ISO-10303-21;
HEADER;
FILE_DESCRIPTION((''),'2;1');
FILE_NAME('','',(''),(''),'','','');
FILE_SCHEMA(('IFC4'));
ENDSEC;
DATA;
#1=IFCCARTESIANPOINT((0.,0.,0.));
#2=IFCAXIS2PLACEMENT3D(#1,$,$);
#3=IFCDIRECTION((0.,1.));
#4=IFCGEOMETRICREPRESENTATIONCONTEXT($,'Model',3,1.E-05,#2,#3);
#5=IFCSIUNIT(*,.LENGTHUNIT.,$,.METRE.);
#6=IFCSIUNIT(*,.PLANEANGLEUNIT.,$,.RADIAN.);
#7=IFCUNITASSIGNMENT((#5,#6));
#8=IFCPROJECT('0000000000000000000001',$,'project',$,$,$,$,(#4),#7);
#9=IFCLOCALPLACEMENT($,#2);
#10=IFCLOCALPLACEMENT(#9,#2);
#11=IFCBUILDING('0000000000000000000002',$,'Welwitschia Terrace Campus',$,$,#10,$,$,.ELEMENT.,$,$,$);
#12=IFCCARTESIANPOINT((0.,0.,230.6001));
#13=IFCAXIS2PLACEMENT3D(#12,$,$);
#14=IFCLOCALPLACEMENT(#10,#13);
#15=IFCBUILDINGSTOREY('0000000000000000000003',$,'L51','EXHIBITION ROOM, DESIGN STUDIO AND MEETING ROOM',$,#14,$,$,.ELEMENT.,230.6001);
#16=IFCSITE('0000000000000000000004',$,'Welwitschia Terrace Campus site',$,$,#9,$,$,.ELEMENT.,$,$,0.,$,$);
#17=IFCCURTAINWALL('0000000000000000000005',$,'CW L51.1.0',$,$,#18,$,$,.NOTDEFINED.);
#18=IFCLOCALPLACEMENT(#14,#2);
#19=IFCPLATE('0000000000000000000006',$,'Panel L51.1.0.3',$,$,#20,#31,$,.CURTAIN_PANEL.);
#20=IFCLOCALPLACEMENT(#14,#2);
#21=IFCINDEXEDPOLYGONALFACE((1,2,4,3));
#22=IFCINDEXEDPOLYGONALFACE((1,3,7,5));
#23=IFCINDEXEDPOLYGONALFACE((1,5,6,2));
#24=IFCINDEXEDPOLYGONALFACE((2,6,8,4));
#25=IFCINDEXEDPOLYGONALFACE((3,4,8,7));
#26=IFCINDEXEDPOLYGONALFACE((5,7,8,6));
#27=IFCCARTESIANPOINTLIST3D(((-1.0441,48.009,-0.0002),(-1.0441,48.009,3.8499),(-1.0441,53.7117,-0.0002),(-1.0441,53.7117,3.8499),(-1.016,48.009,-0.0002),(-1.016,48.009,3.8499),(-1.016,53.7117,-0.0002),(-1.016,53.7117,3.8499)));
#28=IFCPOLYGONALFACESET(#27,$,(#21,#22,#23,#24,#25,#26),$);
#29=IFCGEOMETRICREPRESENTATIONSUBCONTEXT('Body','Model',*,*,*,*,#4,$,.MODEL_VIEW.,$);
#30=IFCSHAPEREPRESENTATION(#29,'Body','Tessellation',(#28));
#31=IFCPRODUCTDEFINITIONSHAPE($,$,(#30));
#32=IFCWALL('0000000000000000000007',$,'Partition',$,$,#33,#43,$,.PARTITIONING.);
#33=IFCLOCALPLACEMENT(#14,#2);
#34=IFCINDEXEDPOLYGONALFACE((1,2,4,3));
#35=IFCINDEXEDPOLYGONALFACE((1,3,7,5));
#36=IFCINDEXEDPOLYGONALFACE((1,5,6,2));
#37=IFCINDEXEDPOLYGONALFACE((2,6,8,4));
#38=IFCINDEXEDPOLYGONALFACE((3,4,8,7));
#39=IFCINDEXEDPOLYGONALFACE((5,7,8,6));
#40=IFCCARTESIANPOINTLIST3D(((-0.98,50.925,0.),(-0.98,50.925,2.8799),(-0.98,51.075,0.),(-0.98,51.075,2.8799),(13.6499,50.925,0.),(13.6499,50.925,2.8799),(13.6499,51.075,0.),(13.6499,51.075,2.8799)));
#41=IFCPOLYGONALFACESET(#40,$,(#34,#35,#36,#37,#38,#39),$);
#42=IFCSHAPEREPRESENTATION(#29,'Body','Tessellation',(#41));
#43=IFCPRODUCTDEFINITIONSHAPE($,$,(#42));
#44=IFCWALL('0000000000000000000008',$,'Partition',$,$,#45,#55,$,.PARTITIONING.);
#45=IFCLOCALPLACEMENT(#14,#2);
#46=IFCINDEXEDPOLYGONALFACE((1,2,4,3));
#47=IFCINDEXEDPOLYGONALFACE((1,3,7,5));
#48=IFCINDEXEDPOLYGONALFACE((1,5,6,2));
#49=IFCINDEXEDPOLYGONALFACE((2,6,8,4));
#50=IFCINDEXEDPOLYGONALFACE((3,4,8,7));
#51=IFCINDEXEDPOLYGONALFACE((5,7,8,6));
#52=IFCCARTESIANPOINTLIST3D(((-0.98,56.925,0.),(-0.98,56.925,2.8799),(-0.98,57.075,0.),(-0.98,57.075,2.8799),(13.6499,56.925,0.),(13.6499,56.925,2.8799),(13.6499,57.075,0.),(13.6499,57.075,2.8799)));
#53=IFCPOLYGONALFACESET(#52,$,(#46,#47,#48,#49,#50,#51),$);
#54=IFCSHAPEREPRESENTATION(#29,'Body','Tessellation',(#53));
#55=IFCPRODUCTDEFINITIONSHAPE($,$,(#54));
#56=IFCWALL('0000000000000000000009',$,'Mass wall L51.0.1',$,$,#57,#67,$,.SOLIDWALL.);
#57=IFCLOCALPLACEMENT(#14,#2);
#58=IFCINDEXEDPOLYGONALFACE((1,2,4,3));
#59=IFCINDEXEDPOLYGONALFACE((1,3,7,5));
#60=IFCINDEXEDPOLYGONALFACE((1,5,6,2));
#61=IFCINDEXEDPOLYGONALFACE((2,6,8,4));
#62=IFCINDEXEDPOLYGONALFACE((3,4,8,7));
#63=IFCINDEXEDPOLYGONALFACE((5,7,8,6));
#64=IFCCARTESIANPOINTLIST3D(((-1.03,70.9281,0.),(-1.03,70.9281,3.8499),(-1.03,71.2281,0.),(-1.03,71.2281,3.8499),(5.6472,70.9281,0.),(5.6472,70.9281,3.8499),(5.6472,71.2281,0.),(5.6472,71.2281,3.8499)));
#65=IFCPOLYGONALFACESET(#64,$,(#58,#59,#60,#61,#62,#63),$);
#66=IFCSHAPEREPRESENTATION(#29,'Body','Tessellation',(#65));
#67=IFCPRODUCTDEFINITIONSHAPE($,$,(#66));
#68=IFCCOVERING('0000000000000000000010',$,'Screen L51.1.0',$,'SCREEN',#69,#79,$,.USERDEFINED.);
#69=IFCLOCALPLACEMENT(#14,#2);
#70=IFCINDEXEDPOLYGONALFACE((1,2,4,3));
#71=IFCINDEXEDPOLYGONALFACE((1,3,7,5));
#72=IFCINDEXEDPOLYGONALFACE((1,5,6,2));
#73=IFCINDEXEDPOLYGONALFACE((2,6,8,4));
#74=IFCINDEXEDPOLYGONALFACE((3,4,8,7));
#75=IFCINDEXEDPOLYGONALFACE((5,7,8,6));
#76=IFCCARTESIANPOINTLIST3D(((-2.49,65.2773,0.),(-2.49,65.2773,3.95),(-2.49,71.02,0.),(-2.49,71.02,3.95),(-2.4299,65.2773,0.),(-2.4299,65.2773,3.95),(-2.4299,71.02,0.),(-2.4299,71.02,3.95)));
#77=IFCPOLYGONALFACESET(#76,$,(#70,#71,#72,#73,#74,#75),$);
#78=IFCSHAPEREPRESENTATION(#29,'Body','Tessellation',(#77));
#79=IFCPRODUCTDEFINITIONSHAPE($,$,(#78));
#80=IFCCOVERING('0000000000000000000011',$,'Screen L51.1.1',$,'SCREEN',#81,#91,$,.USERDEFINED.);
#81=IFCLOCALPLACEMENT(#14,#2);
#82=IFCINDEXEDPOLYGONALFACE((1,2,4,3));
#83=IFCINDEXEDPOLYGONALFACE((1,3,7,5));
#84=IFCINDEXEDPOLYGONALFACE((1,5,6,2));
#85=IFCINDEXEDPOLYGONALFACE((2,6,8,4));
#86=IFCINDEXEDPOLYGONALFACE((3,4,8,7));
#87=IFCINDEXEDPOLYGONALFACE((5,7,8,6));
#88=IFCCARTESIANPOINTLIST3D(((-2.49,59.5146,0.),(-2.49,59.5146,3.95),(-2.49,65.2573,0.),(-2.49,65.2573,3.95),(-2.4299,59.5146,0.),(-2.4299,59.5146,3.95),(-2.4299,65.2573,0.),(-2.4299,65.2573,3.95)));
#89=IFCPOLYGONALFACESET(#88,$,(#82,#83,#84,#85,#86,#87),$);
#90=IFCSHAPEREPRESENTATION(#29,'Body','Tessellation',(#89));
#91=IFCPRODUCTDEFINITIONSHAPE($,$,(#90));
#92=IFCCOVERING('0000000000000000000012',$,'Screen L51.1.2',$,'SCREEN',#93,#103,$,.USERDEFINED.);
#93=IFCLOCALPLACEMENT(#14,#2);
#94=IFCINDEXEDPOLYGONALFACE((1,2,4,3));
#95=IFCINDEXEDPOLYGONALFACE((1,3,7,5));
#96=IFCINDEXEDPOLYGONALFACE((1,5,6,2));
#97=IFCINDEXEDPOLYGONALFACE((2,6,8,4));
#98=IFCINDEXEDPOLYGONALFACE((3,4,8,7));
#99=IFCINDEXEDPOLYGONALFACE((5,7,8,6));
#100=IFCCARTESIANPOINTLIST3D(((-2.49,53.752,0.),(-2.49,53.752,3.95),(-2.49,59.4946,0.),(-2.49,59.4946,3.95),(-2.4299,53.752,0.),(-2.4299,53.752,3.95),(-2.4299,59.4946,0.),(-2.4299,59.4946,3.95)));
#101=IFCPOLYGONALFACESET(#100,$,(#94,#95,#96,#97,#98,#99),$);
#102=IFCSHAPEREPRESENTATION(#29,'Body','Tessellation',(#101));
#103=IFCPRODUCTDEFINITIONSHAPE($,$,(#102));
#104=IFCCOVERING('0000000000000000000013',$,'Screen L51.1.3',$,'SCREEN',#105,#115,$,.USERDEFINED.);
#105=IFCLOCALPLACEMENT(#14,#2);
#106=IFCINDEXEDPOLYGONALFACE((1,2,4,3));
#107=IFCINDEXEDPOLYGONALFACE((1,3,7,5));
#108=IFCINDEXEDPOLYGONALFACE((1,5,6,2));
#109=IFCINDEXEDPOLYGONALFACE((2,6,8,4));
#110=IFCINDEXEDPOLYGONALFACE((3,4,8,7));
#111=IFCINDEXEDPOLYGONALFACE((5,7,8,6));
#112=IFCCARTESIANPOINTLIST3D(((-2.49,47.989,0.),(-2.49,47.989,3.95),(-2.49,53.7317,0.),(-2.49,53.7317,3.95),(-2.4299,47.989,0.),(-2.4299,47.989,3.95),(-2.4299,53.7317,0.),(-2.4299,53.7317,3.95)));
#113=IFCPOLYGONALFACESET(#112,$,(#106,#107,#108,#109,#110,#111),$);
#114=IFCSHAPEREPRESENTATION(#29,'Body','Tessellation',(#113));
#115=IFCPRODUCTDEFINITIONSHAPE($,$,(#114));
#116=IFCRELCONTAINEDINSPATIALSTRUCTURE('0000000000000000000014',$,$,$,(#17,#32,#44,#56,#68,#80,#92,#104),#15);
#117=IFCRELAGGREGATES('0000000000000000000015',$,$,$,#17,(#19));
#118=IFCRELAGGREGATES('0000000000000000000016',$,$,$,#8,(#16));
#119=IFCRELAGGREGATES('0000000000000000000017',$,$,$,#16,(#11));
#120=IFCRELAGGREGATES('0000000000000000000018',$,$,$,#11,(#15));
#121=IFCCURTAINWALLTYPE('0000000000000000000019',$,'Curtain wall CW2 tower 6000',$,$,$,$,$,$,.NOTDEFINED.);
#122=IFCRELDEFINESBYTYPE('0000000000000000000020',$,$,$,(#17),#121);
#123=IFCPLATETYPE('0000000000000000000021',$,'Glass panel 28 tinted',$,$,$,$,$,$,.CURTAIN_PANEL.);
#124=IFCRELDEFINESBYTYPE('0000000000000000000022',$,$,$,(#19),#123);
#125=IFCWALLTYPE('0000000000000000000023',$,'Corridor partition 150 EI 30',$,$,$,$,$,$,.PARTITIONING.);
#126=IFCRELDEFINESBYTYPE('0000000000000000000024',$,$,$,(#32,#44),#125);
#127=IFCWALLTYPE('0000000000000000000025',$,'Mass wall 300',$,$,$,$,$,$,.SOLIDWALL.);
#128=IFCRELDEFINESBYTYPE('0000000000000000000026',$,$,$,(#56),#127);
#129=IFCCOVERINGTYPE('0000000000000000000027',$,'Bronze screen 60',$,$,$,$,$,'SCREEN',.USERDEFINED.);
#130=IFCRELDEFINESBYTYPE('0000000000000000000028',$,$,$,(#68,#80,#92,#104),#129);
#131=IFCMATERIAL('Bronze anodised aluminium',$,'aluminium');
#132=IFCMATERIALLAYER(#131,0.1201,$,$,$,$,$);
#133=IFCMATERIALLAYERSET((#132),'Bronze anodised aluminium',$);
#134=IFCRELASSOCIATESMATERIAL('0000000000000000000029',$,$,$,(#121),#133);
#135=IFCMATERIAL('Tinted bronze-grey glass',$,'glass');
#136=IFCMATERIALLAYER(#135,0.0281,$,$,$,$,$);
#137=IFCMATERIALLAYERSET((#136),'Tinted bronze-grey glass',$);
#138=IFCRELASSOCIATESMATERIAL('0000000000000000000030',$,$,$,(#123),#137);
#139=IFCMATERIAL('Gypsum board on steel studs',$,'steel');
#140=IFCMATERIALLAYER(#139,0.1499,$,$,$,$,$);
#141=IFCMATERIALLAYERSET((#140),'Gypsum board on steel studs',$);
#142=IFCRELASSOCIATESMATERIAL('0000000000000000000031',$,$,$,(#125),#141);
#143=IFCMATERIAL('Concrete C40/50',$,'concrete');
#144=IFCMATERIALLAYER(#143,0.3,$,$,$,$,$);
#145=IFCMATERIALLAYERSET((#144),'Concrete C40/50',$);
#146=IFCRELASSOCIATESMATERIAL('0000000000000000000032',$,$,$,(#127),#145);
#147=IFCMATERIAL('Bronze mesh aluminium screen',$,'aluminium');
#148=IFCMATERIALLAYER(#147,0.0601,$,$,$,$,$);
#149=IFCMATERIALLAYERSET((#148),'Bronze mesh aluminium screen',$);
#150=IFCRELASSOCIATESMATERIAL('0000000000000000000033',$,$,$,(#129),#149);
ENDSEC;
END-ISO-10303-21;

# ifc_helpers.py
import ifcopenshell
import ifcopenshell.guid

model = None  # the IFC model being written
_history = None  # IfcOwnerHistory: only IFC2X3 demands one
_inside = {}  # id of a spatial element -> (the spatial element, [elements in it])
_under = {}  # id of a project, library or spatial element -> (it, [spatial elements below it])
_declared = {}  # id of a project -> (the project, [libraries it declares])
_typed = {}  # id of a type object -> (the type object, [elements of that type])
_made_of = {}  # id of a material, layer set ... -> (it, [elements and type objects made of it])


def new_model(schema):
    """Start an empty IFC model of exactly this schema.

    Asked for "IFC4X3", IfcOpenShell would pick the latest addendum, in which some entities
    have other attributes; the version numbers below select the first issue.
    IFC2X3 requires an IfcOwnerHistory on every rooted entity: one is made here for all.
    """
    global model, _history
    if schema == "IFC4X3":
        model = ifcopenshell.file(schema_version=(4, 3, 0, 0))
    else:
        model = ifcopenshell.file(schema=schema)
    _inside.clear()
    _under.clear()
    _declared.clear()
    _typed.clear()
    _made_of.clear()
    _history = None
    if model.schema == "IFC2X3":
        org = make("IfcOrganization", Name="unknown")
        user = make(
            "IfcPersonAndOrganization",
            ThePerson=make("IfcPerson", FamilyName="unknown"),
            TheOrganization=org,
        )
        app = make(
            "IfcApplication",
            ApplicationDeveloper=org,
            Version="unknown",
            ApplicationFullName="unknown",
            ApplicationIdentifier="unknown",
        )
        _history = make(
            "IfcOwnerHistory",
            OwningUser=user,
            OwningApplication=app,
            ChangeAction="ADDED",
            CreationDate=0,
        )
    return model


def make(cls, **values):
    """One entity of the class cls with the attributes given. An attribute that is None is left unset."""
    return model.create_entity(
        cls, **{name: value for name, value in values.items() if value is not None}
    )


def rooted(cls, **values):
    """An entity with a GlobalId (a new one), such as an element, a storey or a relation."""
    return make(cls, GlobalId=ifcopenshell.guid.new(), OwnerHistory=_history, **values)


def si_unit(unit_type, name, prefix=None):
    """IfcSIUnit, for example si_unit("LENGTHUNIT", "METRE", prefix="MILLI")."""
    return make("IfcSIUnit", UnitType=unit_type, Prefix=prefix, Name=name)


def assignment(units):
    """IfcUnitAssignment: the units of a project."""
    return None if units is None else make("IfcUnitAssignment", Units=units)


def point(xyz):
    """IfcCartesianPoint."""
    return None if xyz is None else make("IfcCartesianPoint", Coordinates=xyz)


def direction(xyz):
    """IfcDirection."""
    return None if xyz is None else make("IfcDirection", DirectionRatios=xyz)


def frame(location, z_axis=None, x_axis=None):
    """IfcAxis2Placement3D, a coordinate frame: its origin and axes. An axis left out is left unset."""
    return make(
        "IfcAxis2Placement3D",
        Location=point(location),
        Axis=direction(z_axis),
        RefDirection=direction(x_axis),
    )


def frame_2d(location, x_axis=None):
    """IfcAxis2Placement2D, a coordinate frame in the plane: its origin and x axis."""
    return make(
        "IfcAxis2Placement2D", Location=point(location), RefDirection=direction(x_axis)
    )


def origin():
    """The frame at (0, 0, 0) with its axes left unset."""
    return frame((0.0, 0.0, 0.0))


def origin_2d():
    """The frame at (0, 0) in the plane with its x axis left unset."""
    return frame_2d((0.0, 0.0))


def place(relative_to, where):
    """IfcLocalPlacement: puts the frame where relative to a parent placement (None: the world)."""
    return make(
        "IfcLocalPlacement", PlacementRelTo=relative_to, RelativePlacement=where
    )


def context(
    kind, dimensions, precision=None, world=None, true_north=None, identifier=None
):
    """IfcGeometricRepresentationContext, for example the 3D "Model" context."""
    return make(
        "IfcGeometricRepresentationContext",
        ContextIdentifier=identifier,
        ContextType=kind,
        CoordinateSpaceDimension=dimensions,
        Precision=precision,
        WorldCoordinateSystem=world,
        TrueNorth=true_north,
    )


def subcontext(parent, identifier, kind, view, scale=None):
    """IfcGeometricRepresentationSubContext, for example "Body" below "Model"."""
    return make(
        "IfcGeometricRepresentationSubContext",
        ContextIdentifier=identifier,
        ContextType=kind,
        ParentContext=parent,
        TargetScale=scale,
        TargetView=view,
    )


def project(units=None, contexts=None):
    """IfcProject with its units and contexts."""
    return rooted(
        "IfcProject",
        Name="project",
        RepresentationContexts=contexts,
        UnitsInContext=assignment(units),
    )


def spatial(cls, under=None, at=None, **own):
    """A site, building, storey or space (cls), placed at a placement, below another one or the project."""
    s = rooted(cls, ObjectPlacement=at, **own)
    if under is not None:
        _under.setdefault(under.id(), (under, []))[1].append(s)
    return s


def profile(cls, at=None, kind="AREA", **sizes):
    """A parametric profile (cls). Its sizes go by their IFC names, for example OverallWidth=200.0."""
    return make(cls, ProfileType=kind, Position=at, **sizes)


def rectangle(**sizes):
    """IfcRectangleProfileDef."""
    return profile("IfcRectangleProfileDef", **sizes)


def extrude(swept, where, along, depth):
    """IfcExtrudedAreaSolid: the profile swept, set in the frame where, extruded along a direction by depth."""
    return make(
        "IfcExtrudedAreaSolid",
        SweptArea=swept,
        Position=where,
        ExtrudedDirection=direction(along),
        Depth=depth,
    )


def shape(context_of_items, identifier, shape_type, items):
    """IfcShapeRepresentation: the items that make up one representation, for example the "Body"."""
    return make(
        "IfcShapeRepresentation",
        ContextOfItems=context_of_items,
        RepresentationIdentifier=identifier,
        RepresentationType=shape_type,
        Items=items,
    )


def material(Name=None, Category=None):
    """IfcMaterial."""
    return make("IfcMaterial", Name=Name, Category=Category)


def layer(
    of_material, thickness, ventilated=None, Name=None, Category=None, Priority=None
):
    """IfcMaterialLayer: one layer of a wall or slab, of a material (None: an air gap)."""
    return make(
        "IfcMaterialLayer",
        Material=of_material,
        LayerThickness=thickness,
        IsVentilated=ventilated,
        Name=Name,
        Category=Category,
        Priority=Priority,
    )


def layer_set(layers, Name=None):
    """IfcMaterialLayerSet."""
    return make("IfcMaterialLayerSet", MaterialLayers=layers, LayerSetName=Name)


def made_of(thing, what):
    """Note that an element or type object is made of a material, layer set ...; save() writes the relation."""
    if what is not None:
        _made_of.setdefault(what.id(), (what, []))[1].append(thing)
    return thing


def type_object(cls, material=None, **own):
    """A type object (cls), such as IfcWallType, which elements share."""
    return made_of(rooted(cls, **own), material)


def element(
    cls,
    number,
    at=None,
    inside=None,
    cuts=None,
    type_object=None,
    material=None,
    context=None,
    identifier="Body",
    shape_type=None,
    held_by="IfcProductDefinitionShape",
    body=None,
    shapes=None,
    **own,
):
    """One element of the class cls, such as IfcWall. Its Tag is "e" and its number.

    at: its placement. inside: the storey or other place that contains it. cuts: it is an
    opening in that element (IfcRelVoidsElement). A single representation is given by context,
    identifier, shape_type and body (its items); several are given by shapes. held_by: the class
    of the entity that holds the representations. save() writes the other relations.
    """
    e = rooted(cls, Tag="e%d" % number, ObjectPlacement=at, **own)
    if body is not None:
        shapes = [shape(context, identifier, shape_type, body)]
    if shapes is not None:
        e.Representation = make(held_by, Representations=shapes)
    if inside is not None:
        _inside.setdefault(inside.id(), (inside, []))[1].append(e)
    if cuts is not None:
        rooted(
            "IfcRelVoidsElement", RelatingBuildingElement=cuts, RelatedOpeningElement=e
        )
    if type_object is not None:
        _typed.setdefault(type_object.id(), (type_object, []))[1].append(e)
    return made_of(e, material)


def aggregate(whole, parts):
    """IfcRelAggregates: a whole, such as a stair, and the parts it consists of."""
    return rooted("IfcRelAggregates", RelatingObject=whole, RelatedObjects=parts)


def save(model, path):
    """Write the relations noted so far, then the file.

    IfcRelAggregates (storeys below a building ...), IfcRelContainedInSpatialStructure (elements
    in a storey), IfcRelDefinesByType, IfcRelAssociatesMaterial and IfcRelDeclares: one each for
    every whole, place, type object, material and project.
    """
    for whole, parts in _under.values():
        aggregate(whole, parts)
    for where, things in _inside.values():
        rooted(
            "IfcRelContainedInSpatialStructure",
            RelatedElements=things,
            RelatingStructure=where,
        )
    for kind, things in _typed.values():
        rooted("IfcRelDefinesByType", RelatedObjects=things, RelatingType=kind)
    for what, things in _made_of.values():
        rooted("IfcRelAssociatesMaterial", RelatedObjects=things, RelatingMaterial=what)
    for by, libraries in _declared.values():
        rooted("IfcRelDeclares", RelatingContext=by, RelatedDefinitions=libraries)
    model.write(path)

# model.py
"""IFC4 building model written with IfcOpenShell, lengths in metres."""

from ifc_helpers import new_model, si_unit, direction, frame, frame_2d, origin, origin_2d, place, context, subcontext, project, spatial, rectangle, extrude, material, layer, layer_set, type_object, element, aggregate, save


model = new_model("IFC4")

# Units and contexts
model_context = context("Model", 3, precision=1e-05, world=origin(), true_north=direction((0.0, 1.0)))
body_context = subcontext(model_context, "Body", "Model", "MODEL_VIEW")
ifc_project = project(units=[si_unit("LENGTHUNIT", "METRE"), si_unit("PLANEANGLEUNIT", "RADIAN")], contexts=[model_context])

# Site, building, storey
site_placement = place(None, origin())
site = spatial("IfcSite", under=ifc_project, at=site_placement, Name="Welwitschia Terrace Campus site", CompositionType="ELEMENT", RefElevation=0.0)
building_placement = place(site_placement, origin())
building = spatial("IfcBuilding", under=site, at=building_placement, Name="Welwitschia Terrace Campus", CompositionType="ELEMENT")
storey_placement = place(building_placement, frame((0.0, 0.0, 230.6001)))
storey = spatial("IfcBuildingStorey", under=building, at=storey_placement, Name="L51", Description="EXHIBITION ROOM, DESIGN STUDIO AND MEETING ROOM", CompositionType="ELEMENT", Elevation=230.6001)

# Curtain wall
ifc_material_1 = material(Name="Bronze anodised aluminium", Category="aluminium")
ifc_layer_1 = layer(ifc_material_1, 0.1201)
ifc_layer_set_1 = layer_set([ifc_layer_1], Name="Bronze anodised aluminium")
curtain_wall_type = type_object("IfcCurtainWallType", Name="Curtain wall CW2 tower 6000", PredefinedType="NOTDEFINED", material=ifc_layer_set_1)
curtain_wall_1_placement = place(storey_placement, origin())
curtain_wall_1 = element("IfcCurtainWall", 1, at=curtain_wall_1_placement, inside=storey, type_object=curtain_wall_type, Name="CW L51.1.0", PredefinedType="NOTDEFINED")

# Plate
ifc_material_2 = material(Name="Tinted bronze-grey glass", Category="glass")
ifc_layer_2 = layer(ifc_material_2, 0.0281)
ifc_layer_set_2 = layer_set([ifc_layer_2], Name="Tinted bronze-grey glass")
plate_type = type_object("IfcPlateType", Name="Glass panel 28 tinted", PredefinedType="CURTAIN_PANEL", material=ifc_layer_set_2)
plate_1_placement = place(storey_placement, frame((-1.03, 50.8604, -0.0002), z_axis=(0.0, 0.0, 1.0), x_axis=(0.0, -1.0, 0.0)))
plate_1 = element("IfcPlate", 2, at=plate_1_placement, type_object=plate_type, Name="Panel L51.1.0.3", PredefinedType="CURTAIN_PANEL", context=body_context, shape_type="SweptSolid", body=[
    extrude(rectangle(XDim=5.7026, YDim=0.0281, at=origin_2d()), origin(), (0.0, 0.0, 1.0), 3.8501),
])
aggregate(curtain_wall_1, [plate_1])

# Walls
ifc_material_3 = material(Name="Gypsum board on steel studs", Category="steel")
ifc_layer_3 = layer(ifc_material_3, 0.1499)
ifc_layer_set_3 = layer_set([ifc_layer_3], Name="Gypsum board on steel studs")
wall_type_1 = type_object("IfcWallType", Name="Corridor partition 150 EI 30", PredefinedType="PARTITIONING", material=ifc_layer_set_3)
for number, where, z_axis, x_axis, name in (
    (3, (-0.98, 51.0, 0.0), (0.0, 0.0, 1.0), (1.0, 0.0, 0.0), "Partition"),
    (4, (-0.98, 57.0, 0.0), (0.0, 0.0, 1.0), (1.0, 0.0, 0.0), "Partition"),
):
    element("IfcWall", number, at=place(storey_placement, frame(where, z_axis=z_axis, x_axis=x_axis)), inside=storey, type_object=wall_type_1, Name=name, PredefinedType="PARTITIONING", context=body_context, shape_type="SweptSolid", body=[
        extrude(rectangle(XDim=14.6299, YDim=0.1499, at=frame_2d((7.3149, 0.0))), origin(), (0.0, 0.0, 1.0), 2.8799),
    ])
ifc_material_4 = material(Name="Concrete C40/50", Category="concrete")
ifc_layer_4 = layer(ifc_material_4, 0.3)
ifc_layer_set_4 = layer_set([ifc_layer_4], Name="Concrete C40/50")
wall_type_2 = type_object("IfcWallType", Name="Mass wall 300", PredefinedType="SOLIDWALL", material=ifc_layer_set_4)
wall_placement = place(storey_placement, frame((5.6472, 71.0781, 0.0), z_axis=(0.0, 0.0, 1.0), x_axis=(-1.0, 0.0, 0.0)))
element("IfcWall", 5, at=wall_placement, inside=storey, type_object=wall_type_2, Name="Mass wall L51.0.1", PredefinedType="SOLIDWALL", context=body_context, shape_type="SweptSolid", body=[
    extrude(rectangle(XDim=6.6772, YDim=0.3, at=frame_2d((3.3386, 0.0))), origin(), (0.0, 0.0, 1.0), 3.8499),
])

# Coverings
ifc_material_5 = material(Name="Bronze mesh aluminium screen", Category="aluminium")
ifc_layer_5 = layer(ifc_material_5, 0.0601)
ifc_layer_set_5 = layer_set([ifc_layer_5], Name="Bronze mesh aluminium screen")
covering_type = type_object("IfcCoveringType", Name="Bronze screen 60", ElementType="SCREEN", PredefinedType="USERDEFINED", material=ifc_layer_set_5)
for number, where, z_axis, x_axis, name in (
    (6, (-2.46, 68.1487, 0.0), (0.0, 0.0, 1.0), (0.0, -1.0, 0.0), "Screen L51.1.0"),
    (7, (-2.46, 62.386, 0.0), (0.0, 0.0, 1.0), (0.0, -1.0, 0.0), "Screen L51.1.1"),
    (8, (-2.46, 56.6233, 0.0), (0.0, 0.0, 1.0), (0.0, -1.0, 0.0), "Screen L51.1.2"),
    (9, (-2.46, 50.8604, 0.0), (0.0, 0.0, 1.0), (0.0, -1.0, 0.0), "Screen L51.1.3"),
):
    element("IfcCovering", number, at=place(storey_placement, frame(where, z_axis=z_axis, x_axis=x_axis)), inside=storey, type_object=covering_type, Name=name, ObjectType="SCREEN", PredefinedType="USERDEFINED", context=body_context, shape_type="SweptSolid", body=[
        extrude(rectangle(XDim=5.7427, YDim=0.0601, at=origin_2d()), origin(), (0.0, 0.0, 1.0), 3.95),
    ])

save(model, "model.ifc")
